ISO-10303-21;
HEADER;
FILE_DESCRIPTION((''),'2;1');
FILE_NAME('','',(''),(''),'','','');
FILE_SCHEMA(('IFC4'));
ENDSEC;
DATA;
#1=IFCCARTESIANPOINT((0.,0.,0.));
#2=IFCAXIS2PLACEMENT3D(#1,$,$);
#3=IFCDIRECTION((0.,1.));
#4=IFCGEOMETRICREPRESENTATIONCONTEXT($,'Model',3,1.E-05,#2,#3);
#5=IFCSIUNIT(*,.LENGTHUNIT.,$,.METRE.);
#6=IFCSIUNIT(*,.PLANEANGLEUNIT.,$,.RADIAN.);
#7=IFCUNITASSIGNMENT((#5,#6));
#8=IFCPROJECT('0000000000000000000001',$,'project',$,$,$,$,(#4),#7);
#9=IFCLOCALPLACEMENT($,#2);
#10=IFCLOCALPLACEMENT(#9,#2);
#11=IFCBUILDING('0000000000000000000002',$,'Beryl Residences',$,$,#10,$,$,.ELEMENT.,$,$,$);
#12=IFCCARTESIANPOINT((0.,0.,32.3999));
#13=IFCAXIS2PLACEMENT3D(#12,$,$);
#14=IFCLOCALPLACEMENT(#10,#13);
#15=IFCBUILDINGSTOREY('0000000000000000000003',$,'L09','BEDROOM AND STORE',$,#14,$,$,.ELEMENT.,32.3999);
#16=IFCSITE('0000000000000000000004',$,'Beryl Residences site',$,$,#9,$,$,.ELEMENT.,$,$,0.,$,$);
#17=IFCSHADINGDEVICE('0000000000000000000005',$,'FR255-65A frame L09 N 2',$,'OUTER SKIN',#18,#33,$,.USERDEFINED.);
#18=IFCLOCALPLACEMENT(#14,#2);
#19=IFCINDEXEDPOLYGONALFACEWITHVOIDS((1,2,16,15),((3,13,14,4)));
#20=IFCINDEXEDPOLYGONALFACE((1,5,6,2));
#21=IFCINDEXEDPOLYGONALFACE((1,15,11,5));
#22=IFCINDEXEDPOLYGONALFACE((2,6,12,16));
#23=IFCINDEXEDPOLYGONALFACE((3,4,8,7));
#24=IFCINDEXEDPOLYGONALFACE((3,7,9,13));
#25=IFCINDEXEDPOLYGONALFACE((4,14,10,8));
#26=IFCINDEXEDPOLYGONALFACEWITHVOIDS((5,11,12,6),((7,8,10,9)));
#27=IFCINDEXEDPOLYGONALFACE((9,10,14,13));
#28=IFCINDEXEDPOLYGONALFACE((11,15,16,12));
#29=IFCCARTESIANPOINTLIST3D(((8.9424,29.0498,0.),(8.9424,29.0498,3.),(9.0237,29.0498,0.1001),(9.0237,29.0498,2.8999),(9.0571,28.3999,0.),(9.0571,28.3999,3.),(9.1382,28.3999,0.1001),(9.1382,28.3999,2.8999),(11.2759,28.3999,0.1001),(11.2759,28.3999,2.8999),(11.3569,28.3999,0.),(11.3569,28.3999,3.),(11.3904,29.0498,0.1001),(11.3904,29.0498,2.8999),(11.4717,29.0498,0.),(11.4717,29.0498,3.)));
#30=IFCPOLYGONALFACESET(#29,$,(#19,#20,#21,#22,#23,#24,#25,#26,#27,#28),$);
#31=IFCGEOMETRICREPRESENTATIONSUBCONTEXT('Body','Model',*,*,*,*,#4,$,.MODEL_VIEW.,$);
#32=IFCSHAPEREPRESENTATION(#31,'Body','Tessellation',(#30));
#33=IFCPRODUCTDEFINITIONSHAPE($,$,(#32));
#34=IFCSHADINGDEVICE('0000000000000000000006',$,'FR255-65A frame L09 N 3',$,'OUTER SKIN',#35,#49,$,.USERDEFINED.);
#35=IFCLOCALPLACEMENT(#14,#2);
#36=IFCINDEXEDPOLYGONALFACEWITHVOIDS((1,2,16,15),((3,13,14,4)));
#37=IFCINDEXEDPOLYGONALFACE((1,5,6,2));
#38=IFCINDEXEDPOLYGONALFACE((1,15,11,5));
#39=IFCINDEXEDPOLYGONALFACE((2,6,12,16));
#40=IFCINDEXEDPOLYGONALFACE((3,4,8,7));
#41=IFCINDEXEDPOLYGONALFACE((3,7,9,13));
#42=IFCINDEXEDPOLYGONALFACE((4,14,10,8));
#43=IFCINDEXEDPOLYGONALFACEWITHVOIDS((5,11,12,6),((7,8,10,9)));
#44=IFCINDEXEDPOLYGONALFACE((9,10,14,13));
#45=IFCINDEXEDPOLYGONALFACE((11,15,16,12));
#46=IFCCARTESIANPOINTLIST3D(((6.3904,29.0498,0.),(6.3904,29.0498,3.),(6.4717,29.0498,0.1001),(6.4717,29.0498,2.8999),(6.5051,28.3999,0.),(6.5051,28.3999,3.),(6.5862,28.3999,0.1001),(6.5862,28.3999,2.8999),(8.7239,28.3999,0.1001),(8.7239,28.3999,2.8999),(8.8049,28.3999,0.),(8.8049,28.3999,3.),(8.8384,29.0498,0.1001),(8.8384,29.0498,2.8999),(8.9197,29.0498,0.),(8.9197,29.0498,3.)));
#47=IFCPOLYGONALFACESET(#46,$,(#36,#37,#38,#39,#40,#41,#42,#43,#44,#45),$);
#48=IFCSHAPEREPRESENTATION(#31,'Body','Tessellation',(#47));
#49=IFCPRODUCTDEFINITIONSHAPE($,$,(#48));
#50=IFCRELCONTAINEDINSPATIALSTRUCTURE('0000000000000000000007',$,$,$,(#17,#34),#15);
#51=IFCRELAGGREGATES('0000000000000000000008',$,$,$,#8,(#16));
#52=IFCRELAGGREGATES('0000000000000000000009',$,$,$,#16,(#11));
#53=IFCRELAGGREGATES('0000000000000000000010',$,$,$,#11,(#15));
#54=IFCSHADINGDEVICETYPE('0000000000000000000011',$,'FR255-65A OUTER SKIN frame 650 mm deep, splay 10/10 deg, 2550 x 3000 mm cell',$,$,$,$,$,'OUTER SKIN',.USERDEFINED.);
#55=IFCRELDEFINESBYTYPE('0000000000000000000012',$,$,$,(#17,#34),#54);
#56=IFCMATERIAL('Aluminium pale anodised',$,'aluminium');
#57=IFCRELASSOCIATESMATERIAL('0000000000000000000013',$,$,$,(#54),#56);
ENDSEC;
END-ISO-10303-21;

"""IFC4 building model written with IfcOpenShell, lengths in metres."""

from ifc_helpers import new_model, entity, si_unit, direction, frame, origin, place, context, subcontext, project, spatial, source, transform, mapped, material, type_object, type_shapes, element, save


model = new_model("IFC4")

# Units and contexts
model_context = context("Model", 3, precision=1e-05, world=origin(), true_north=direction((0.0, 1.0)))
body_context = subcontext(model_context, "Body", "Model", "MODEL_VIEW")
ifc_project = project(units=[si_unit("LENGTHUNIT", "METRE"), si_unit("PLANEANGLEUNIT", "RADIAN")], contexts=[model_context])

# Site, building, storey
site_placement = place(None, origin())
site = spatial("IfcSite", under=ifc_project, at=site_placement, Name="Beryl Residences site", CompositionType="ELEMENT", RefElevation=0.0)
building_placement = place(site_placement, origin())
building = spatial("IfcBuilding", under=site, at=building_placement, Name="Beryl Residences", CompositionType="ELEMENT")
storey_placement = place(building_placement, frame((0.0, 0.0, 32.3999)))
storey = spatial("IfcBuildingStorey", under=building, at=storey_placement, Name="L09", Description="BEDROOM AND STORE", CompositionType="ELEMENT", Elevation=32.3999)

# Shading devices
ifc_material_1 = material(Name="Aluminium pale anodised", Category="aluminium")
shading_device_type_1 = type_object("IfcShadingDeviceType", Name="FR255-65A OUTER SKIN frame 650 mm deep, splay 10/10 deg, 2550 x 3000 mm cell", ElementType="OUTER SKIN", PredefinedType="USERDEFINED", material=ifc_material_1)
cartesian_point_1 = entity("IfcCartesianPoint", [-1.1499, 0.0])
cartesian_point_2 = entity("IfcCartesianPoint", [-1.0688, 0.1001])
cartesian_point_3 = entity("IfcCartesianPoint", [-1.2646, 0.0])
cartesian_point_4 = entity("IfcCartesianPoint", [-1.1833, 0.1001])
shared_shape_1 = source(origin(), body_context, "Body", "SweptSolid", [
    entity("IfcExtrudedAreaSolidTapered", entity("IfcArbitraryProfileDefWithVoids", "AREA", None, entity("IfcPolyline", [cartesian_point_1, entity("IfcCartesianPoint", [1.1499, 0.0]), entity("IfcCartesianPoint", [1.1499, 3.0]), entity("IfcCartesianPoint", [-1.1499, 3.0]), cartesian_point_1]), [entity("IfcPolyline", [cartesian_point_2, entity("IfcCartesianPoint", [1.0688, 0.1001]), entity("IfcCartesianPoint", [1.0688, 2.8999]), entity("IfcCartesianPoint", [-1.0688, 2.8999]), cartesian_point_2])]), entity("IfcAxis2Placement3D", entity("IfcCartesianPoint", [0.0, 0.0, 0.0]), entity("IfcDirection", [0.0, 1.0, 0.0]), entity("IfcDirection", [-1.0, 0.0, 0.0])), entity("IfcDirection", [0.0, 0.0, 1.0]), 0.6499, entity("IfcArbitraryProfileDefWithVoids", "AREA", None, entity("IfcPolyline", [cartesian_point_3, entity("IfcCartesianPoint", [1.2646, 0.0]), entity("IfcCartesianPoint", [1.2646, 3.0]), entity("IfcCartesianPoint", [-1.2646, 3.0]), cartesian_point_3]), [entity("IfcPolyline", [cartesian_point_4, entity("IfcCartesianPoint", [1.1833, 0.1001]), entity("IfcCartesianPoint", [1.1833, 2.8999]), entity("IfcCartesianPoint", [-1.1833, 2.8999]), cartesian_point_4])])),
])
type_shapes(shading_device_type_1, [shared_shape_1])
for number, where, z_axis, x_axis, name in (
    (1, (10.207, 28.3999, 0.0), (0.0, 0.0, 1.0), (1.0, 0.0, 0.0), "FR255-65A frame L09 N 2"),
    (2, (7.655, 28.3999, 0.0), (0.0, 0.0, 1.0), (1.0, 0.0, 0.0), "FR255-65A frame L09 N 3"),
):
    element("IfcShadingDevice", number, at=place(storey_placement, frame(where, z_axis=z_axis, x_axis=x_axis)), inside=storey, type_object=shading_device_type_1, Name=name, ObjectType="OUTER SKIN", PredefinedType="USERDEFINED", context=body_context, shape_type="MappedRepresentation", body=[
        mapped(shared_shape_1, transform((0.0, 0.0, 0.0))),
    ])

save(model, "model.ifc")
